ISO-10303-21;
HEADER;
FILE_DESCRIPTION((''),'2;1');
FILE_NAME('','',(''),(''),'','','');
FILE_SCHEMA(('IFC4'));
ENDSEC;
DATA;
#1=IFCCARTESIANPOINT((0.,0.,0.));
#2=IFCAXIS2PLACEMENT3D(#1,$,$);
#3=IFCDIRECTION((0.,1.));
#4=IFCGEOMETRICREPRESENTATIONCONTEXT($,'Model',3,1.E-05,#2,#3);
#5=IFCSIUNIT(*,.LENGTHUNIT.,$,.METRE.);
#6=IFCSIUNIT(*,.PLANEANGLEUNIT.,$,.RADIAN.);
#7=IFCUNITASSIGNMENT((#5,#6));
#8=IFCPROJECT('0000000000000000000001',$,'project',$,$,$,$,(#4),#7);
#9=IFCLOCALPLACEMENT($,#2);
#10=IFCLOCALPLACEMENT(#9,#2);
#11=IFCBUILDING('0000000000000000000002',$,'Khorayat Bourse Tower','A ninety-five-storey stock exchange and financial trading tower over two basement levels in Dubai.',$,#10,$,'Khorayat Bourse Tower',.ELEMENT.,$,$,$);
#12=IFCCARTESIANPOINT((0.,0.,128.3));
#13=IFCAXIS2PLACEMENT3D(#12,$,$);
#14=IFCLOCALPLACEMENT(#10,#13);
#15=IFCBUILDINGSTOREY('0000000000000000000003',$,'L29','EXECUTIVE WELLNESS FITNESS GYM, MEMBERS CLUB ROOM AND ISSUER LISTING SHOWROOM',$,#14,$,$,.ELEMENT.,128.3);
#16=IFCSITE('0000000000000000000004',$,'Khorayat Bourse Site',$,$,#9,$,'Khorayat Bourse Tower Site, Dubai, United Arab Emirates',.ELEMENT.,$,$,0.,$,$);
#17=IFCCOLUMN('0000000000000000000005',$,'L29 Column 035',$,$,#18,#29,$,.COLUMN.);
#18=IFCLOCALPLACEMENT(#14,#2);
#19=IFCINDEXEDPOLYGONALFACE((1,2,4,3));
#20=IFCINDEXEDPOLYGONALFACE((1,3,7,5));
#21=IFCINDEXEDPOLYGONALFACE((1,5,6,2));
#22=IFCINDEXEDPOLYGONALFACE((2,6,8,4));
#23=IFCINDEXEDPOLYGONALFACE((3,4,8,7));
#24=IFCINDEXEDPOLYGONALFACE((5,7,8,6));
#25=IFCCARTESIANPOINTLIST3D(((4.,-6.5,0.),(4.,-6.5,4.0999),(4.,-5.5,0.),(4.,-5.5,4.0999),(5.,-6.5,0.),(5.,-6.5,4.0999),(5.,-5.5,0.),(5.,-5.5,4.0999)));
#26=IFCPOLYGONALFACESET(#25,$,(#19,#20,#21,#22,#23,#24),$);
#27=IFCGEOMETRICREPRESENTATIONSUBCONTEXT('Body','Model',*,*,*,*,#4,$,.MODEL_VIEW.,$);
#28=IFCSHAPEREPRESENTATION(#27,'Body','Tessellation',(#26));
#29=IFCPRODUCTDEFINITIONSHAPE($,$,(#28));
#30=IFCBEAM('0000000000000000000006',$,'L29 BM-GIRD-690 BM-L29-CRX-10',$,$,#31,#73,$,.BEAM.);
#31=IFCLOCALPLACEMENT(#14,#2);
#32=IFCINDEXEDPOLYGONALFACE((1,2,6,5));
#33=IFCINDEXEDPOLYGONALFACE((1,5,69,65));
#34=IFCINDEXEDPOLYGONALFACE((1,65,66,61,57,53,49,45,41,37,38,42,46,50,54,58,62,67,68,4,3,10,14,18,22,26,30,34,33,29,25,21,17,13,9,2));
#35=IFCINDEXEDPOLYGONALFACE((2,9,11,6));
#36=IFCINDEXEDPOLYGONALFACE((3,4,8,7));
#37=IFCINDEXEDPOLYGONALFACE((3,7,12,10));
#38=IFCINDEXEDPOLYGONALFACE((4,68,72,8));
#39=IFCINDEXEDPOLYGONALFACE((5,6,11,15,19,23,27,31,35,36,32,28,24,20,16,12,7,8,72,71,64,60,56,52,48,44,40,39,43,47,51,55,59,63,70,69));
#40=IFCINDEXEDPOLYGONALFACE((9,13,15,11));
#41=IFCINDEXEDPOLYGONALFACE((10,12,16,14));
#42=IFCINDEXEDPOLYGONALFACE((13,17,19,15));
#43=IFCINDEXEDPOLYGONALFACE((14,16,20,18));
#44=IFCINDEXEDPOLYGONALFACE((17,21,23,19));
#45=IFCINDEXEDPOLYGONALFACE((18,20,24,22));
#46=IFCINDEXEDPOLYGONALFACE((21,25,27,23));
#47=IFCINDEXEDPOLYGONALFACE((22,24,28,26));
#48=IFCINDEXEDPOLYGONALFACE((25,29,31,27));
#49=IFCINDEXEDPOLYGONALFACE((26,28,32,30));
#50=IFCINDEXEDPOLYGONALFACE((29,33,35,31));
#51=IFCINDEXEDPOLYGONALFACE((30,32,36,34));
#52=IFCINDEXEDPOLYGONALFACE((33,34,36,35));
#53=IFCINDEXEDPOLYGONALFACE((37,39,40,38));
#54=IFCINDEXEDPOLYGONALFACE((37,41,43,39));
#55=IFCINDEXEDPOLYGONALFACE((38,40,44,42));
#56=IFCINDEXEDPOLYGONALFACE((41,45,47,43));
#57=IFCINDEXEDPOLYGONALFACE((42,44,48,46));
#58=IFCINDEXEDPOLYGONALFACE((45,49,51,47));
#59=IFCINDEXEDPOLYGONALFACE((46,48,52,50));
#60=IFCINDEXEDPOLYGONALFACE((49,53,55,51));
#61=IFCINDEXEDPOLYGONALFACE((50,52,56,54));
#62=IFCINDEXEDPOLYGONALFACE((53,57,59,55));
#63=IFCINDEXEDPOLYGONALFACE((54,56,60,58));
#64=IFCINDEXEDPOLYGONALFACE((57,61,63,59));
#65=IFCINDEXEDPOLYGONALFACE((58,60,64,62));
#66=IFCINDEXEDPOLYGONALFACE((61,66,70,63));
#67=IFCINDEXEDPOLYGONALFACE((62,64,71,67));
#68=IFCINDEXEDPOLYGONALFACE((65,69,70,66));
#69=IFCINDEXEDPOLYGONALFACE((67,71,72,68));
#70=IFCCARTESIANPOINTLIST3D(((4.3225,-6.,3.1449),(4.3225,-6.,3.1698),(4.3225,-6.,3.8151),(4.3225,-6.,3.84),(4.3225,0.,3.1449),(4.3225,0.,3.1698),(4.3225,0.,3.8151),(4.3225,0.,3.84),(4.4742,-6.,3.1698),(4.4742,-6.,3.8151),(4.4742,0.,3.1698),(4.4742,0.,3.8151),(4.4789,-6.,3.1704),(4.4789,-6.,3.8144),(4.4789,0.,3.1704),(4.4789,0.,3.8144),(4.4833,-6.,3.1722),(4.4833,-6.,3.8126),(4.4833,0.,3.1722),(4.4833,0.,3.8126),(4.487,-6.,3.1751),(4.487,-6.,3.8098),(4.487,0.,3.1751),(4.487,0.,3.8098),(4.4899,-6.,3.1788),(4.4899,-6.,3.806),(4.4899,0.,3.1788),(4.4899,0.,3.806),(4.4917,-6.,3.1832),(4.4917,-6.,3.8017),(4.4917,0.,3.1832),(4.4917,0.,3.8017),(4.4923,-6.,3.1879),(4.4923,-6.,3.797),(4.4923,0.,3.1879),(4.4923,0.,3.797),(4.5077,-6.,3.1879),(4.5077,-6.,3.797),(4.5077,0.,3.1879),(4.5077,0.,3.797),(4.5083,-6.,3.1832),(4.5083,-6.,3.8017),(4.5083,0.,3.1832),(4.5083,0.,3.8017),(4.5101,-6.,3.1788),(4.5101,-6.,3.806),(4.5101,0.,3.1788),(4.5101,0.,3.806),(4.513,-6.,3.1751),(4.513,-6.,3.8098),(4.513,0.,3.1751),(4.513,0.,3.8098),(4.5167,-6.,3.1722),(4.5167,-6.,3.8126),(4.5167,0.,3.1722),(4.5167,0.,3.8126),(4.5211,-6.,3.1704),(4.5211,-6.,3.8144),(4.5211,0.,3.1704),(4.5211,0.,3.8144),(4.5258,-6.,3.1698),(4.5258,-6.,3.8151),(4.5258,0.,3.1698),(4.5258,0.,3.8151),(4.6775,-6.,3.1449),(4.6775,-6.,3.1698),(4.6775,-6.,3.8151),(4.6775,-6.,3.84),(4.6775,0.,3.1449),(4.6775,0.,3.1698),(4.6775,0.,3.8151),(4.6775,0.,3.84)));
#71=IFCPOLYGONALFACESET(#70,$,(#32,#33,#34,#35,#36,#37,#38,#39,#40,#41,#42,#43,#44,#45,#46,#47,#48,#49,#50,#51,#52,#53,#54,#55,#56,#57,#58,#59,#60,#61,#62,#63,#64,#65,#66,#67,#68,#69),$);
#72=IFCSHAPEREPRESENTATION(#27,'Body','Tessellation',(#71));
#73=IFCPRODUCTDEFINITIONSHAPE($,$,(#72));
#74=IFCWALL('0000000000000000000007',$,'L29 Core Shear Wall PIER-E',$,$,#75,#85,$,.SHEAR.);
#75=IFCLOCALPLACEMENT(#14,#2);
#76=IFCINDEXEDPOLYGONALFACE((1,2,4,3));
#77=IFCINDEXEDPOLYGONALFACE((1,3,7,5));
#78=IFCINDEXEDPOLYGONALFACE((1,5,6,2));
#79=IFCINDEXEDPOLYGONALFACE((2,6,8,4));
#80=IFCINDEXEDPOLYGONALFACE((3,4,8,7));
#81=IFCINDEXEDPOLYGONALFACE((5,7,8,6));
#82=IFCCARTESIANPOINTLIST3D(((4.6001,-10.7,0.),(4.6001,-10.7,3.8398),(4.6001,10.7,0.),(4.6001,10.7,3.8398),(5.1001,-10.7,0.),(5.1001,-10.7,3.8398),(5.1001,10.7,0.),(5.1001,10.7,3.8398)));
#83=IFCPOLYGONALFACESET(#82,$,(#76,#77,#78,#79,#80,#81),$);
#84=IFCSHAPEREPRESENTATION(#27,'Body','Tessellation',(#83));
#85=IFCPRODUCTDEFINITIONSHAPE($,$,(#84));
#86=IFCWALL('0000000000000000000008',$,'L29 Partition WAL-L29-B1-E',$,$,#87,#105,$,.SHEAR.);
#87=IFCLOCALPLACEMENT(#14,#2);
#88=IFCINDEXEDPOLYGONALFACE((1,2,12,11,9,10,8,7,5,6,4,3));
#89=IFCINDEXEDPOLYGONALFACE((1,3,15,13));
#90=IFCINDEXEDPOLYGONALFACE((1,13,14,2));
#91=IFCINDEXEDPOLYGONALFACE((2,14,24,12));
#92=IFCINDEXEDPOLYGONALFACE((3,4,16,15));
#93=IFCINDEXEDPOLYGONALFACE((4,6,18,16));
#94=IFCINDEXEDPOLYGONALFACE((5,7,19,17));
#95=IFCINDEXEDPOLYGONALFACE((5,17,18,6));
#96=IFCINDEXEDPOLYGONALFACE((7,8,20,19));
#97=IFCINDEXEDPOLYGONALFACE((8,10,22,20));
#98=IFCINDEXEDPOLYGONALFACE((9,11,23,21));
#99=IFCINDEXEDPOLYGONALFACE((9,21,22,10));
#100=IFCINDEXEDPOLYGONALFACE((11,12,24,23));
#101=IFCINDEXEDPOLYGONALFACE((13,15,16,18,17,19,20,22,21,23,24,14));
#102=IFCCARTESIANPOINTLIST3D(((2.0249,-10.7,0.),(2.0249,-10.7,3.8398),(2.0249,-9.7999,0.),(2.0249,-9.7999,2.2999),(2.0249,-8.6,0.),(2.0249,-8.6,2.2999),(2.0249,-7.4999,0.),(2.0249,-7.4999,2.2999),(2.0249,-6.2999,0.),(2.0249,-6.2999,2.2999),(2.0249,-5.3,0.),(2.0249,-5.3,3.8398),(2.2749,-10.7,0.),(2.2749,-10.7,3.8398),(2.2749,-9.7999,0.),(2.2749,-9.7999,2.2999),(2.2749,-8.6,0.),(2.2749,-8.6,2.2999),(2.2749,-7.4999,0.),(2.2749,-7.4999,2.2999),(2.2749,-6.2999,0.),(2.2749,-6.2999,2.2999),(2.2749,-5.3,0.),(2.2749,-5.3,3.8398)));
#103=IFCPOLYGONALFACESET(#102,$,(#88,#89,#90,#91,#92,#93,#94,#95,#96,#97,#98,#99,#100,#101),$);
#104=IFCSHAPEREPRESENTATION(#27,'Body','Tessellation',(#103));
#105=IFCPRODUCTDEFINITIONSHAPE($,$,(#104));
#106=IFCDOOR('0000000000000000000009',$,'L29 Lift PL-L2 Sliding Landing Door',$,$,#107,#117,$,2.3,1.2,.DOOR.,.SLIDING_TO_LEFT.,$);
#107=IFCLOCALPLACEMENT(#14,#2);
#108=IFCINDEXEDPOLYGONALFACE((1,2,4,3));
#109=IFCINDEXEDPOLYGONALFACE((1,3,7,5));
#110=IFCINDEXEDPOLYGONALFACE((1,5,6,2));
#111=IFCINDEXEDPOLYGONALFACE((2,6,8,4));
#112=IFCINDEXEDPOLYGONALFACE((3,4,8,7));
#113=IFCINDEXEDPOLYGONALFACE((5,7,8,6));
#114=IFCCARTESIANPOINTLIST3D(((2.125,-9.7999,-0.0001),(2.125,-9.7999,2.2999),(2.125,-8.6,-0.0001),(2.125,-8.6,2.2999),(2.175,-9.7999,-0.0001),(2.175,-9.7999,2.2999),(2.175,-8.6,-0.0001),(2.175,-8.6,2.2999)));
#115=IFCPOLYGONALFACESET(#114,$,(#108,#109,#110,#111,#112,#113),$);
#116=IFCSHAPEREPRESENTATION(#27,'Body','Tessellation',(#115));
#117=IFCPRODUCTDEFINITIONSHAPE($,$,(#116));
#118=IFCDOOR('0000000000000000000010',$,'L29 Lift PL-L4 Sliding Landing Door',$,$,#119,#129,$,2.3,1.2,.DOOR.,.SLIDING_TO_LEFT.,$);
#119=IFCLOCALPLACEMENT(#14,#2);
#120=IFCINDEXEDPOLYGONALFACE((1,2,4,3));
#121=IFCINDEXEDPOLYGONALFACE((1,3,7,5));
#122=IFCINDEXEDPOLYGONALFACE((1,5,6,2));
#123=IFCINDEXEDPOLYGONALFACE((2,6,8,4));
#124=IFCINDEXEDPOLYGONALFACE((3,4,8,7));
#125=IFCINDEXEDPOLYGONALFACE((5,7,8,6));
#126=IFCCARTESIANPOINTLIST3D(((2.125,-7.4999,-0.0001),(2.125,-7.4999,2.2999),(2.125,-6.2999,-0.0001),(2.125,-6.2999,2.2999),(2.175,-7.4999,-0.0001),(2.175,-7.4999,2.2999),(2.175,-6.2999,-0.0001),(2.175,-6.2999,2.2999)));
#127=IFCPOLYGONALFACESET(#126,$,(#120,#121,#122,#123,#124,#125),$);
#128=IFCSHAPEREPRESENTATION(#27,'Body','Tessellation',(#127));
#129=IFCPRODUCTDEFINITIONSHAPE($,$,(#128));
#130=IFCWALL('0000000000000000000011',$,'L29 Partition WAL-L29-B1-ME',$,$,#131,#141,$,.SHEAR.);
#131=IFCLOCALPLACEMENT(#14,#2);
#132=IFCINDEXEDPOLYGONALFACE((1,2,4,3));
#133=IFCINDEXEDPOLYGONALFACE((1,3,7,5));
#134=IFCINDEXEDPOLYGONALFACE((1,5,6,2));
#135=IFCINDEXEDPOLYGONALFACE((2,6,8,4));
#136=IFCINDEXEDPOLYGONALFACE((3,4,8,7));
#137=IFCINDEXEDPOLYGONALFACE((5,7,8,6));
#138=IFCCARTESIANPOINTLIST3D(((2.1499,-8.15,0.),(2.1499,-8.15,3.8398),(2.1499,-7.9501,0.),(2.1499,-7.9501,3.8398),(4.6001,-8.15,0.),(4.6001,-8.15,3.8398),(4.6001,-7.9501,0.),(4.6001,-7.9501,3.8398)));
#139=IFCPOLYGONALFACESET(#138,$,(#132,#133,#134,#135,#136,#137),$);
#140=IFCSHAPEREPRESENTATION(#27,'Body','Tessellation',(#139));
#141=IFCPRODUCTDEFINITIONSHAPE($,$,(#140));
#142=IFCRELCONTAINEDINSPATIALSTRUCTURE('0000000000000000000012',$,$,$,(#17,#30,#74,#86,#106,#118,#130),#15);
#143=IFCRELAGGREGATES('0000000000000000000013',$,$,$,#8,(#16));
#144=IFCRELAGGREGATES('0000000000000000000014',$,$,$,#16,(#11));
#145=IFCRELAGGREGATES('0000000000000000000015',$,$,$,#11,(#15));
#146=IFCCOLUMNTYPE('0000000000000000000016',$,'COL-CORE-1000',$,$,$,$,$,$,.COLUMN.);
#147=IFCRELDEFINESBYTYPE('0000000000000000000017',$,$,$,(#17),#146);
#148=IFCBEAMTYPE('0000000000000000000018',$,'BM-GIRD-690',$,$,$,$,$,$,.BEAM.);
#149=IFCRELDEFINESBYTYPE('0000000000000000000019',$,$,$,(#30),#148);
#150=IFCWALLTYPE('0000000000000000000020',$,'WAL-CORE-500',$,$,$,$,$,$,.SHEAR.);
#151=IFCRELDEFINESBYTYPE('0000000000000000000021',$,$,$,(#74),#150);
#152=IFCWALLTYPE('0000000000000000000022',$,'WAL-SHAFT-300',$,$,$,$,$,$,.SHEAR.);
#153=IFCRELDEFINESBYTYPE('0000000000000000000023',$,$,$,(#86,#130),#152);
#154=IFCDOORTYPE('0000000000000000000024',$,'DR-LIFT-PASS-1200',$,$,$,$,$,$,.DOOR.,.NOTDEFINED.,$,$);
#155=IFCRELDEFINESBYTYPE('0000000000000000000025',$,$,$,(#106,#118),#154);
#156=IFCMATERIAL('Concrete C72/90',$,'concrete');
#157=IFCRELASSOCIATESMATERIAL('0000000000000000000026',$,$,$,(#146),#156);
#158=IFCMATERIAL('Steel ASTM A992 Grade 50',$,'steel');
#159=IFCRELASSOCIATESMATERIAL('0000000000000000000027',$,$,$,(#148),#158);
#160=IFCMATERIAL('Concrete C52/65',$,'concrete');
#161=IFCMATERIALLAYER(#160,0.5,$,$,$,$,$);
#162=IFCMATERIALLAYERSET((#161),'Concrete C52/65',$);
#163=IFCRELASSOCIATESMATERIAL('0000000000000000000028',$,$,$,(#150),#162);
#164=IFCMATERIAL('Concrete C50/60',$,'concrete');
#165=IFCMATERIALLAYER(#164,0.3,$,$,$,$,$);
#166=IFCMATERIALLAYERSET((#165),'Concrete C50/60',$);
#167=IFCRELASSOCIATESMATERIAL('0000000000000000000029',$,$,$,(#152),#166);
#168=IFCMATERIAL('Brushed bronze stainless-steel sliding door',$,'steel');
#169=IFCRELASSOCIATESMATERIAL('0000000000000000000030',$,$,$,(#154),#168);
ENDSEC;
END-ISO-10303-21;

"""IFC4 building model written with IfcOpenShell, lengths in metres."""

from ifc_helpers import new_model, si_unit, direction, frame, frame_2d, origin, origin_2d, place, context, subcontext, project, spatial, rectangle, i_section, extrude, source, transform, mapped, material, layer, layer_set, material_profile, profile_set, type_object, element, fill, save


model = new_model("IFC4")

# Units and contexts
model_context = context("Model", 3, precision=1e-05, world=origin(), true_north=direction((0.0, 1.0)))
body_context = subcontext(model_context, "Body", "Model", "MODEL_VIEW")
ifc_project = project(units=[si_unit("LENGTHUNIT", "METRE"), si_unit("PLANEANGLEUNIT", "RADIAN")], contexts=[model_context])

# Site, building, storey
site_placement = place(None, origin())
site = spatial("IfcSite", under=ifc_project, at=site_placement, Name="Khorayat Bourse Site", LongName="Khorayat Bourse Tower Site, Dubai, United Arab Emirates", CompositionType="ELEMENT", RefElevation=0.0)
building_placement = place(site_placement, origin())
building = spatial("IfcBuilding", under=site, at=building_placement, Name="Khorayat Bourse Tower", Description="A ninety-five-storey stock exchange and financial trading tower over two basement levels in Dubai.", LongName="Khorayat Bourse Tower", CompositionType="ELEMENT")
storey_placement = place(building_placement, frame((0.0, 0.0, 128.3)))
storey = spatial("IfcBuildingStorey", under=building, at=storey_placement, Name="L29", Description="EXECUTIVE WELLNESS FITNESS GYM, MEMBERS CLUB ROOM AND ISSUER LISTING SHOWROOM", CompositionType="ELEMENT", Elevation=128.3)

# Column
ifc_material_1 = material(Name="Concrete C72/90", Category="concrete")
ifc_material_profile_1 = material_profile(ifc_material_1, rectangle(XDim=1.0, YDim=1.0, at=origin_2d()), Name="RC 1000x1000")
ifc_profile_set_1 = profile_set([ifc_material_profile_1], Name="Concrete C72/90")
column_type = type_object("IfcColumnType", Name="COL-CORE-1000", PredefinedType="COLUMN", material=ifc_profile_set_1)
shared_shape_1 = source(origin(), body_context, "Body", "SweptSolid", [
    extrude(rectangle(XDim=1.0, YDim=1.0, at=origin_2d()), origin(), (0.0, 0.0, 1.0), 4.0999),
])
column_placement = place(storey_placement, frame((4.5, -6.0, 0.0), z_axis=(0.0, 0.0, 1.0), x_axis=(1.0, 0.0, 0.0)))
element("IfcColumn", 1, at=column_placement, inside=storey, type_object=column_type, Name="L29 Column 035", PredefinedType="COLUMN", context=body_context, shape_type="MappedRepresentation", body=[
    mapped(shared_shape_1, transform((0.0, 0.0, 0.0), scale=1.0)),
])

# Beam
ifc_material_2 = material(Name="Steel ASTM A992 Grade 50", Category="steel")
ifc_material_profile_2 = material_profile(ifc_material_2, i_section(OverallWidth=0.355, OverallDepth=0.6951, WebThickness=0.0154, FlangeThickness=0.0249, FilletRadius=0.0181, at=origin_2d()), Name="W690X217")
ifc_profile_set_2 = profile_set([ifc_material_profile_2], Name="Steel ASTM A992 Grade 50")
beam_type = type_object("IfcBeamType", Name="BM-GIRD-690", PredefinedType="BEAM", material=ifc_profile_set_2)
shared_shape_2 = source(origin(), body_context, "Body", "SweptSolid", [
    extrude(i_section(OverallWidth=0.355, OverallDepth=0.6951, WebThickness=0.0154, FlangeThickness=0.0249, FilletRadius=0.0181, at=origin_2d()), origin(), (0.0, 0.0, 1.0), 6.0),
])
beam_placement = place(storey_placement, frame((4.5, -6.0, 3.4924), z_axis=(0.0, 1.0, 0.0), x_axis=(-1.0, 0.0, 0.0)))
element("IfcBeam", 2, at=beam_placement, inside=storey, type_object=beam_type, Name="L29 BM-GIRD-690 BM-L29-CRX-10", PredefinedType="BEAM", context=body_context, shape_type="MappedRepresentation", body=[
    mapped(shared_shape_2, transform((0.0, 0.0, 0.0), scale=1.0)),
])

# Wall
ifc_material_3 = material(Name="Concrete C52/65", Category="concrete")
ifc_layer_1 = layer(ifc_material_3, 0.5)
ifc_layer_set_1 = layer_set([ifc_layer_1], Name="Concrete C52/65")
wall_type_1 = type_object("IfcWallType", Name="WAL-CORE-500", PredefinedType="SHEAR", material=ifc_layer_set_1)
shared_shape_3 = source(origin(), body_context, "Body", "SweptSolid", [
    extrude(rectangle(XDim=21.3999, YDim=0.5, at=frame_2d((10.7, 0.0))), origin(), (0.0, 0.0, 1.0), 3.8398),
])
wall_1_placement = place(storey_placement, frame((4.8501, -10.7, 0.0), z_axis=(0.0, 0.0, 1.0), x_axis=(0.0, 1.0, 0.0)))
element("IfcWall", 3, at=wall_1_placement, inside=storey, type_object=wall_type_1, Name="L29 Core Shear Wall PIER-E", PredefinedType="SHEAR", context=body_context, shape_type="MappedRepresentation", body=[
    mapped(shared_shape_3, transform((0.0, 0.0, 0.0), scale=1.0)),
])

# Wall, openings, doors
ifc_material_4 = material(Name="Concrete C50/60", Category="concrete")
ifc_layer_2 = layer(ifc_material_4, 0.3)
ifc_layer_set_2 = layer_set([ifc_layer_2], Name="Concrete C50/60")
wall_type_2 = type_object("IfcWallType", Name="WAL-SHAFT-300", PredefinedType="SHEAR", material=ifc_layer_set_2)
shared_shape_4 = source(origin(), body_context, "Body", "SweptSolid", [
    extrude(rectangle(XDim=5.3999, YDim=0.25, at=frame_2d((2.7, 0.0))), origin(), (0.0, 0.0, 1.0), 3.8398),
])
wall_2_placement = place(storey_placement, frame((2.1499, -10.7, 0.0), z_axis=(0.0, 0.0, 1.0), x_axis=(0.0, 1.0, 0.0)))
wall_2 = element("IfcWall", 4, at=wall_2_placement, inside=storey, type_object=wall_type_2, Name="L29 Partition WAL-L29-B1-E", PredefinedType="SHEAR", context=body_context, shape_type="MappedRepresentation", body=[
    mapped(shared_shape_4, transform((0.0, 0.0, 0.0), scale=1.0)),
])
shared_shape_5 = source(origin(), body_context, "Body", "SweptSolid", [
    extrude(rectangle(XDim=1.2, YDim=2.3, at=frame_2d((0.6001, 1.1499))), frame((0.0, 0.135, 0.0), z_axis=(0.0, -1.0, 0.0), x_axis=(1.0, 0.0, 0.0)), (0.0, 0.0, 1.0), 0.27),
])
opening_1_placement = place(wall_2_placement, frame((0.8999, 0.0, 0.0)))
opening_1 = element("IfcOpeningElement", 5, at=opening_1_placement, cuts=wall_2, PredefinedType="OPENING", context=body_context, shape_type="MappedRepresentation", body=[
    mapped(shared_shape_5, transform((0.0, 0.0, 0.0), scale=1.0)),
])
opening_2_placement = place(wall_2_placement, frame((3.2, 0.0, 0.0)))
opening_2 = element("IfcOpeningElement", 6, at=opening_2_placement, cuts=wall_2, PredefinedType="OPENING", context=body_context, shape_type="MappedRepresentation", body=[
    mapped(shared_shape_5, transform((0.0, 0.0, 0.0), scale=1.0)),
])
ifc_material_5 = material(Name="Brushed bronze stainless-steel sliding door", Category="steel")
door_type_1 = type_object("IfcDoorType", Name="DR-LIFT-PASS-1200", OperationType="NOTDEFINED", PredefinedType="DOOR", material=ifc_material_5)
shared_shape_6 = source(origin(), body_context, "Body", "SweptSolid", [
    extrude(rectangle(XDim=1.2, YDim=2.3, at=frame_2d((0.6001, 1.1499))), frame((0.0, 0.0249, 0.0), z_axis=(0.0, -1.0, 0.0), x_axis=(1.0, 0.0, 0.0)), (0.0, 0.0, 1.0), 0.05),
])
door_1_placement = place(opening_1_placement, origin())
door_1 = element("IfcDoor", 7, at=door_1_placement, inside=storey, type_object=door_type_1, Name="L29 Lift PL-L2 Sliding Landing Door", OperationType="SLIDING_TO_LEFT", OverallHeight=2.3, OverallWidth=1.2, PredefinedType="DOOR", context=body_context, shape_type="MappedRepresentation", body=[
    mapped(shared_shape_6, transform((0.0, 0.0, 0.0), scale=1.0)),
])
fill(opening_1, door_1)
door_2_placement = place(opening_2_placement, origin())
door_2 = element("IfcDoor", 8, at=door_2_placement, inside=storey, type_object=door_type_1, Name="L29 Lift PL-L4 Sliding Landing Door", OperationType="SLIDING_TO_LEFT", OverallHeight=2.3, OverallWidth=1.2, PredefinedType="DOOR", context=body_context, shape_type="MappedRepresentation", body=[
    mapped(shared_shape_6, transform((0.0, 0.0, 0.0), scale=1.0)),
])
fill(opening_2, door_2)

# Wall
shared_shape_7 = source(origin(), body_context, "Body", "SweptSolid", [
    extrude(rectangle(XDim=2.4502, YDim=0.2, at=frame_2d((1.2251, 0.0))), origin(), (0.0, 0.0, 1.0), 3.8398),
])
wall_3_placement = place(storey_placement, frame((2.1499, -8.05, 0.0), z_axis=(0.0, 0.0, 1.0), x_axis=(1.0, 0.0, 0.0)))
element("IfcWall", 9, at=wall_3_placement, inside=storey, type_object=wall_type_2, Name="L29 Partition WAL-L29-B1-ME", PredefinedType="SHEAR", context=body_context, shape_type="MappedRepresentation", body=[
    mapped(shared_shape_7, transform((0.0, 0.0, 0.0), scale=1.0)),
])

save(model, "model.ifc")
